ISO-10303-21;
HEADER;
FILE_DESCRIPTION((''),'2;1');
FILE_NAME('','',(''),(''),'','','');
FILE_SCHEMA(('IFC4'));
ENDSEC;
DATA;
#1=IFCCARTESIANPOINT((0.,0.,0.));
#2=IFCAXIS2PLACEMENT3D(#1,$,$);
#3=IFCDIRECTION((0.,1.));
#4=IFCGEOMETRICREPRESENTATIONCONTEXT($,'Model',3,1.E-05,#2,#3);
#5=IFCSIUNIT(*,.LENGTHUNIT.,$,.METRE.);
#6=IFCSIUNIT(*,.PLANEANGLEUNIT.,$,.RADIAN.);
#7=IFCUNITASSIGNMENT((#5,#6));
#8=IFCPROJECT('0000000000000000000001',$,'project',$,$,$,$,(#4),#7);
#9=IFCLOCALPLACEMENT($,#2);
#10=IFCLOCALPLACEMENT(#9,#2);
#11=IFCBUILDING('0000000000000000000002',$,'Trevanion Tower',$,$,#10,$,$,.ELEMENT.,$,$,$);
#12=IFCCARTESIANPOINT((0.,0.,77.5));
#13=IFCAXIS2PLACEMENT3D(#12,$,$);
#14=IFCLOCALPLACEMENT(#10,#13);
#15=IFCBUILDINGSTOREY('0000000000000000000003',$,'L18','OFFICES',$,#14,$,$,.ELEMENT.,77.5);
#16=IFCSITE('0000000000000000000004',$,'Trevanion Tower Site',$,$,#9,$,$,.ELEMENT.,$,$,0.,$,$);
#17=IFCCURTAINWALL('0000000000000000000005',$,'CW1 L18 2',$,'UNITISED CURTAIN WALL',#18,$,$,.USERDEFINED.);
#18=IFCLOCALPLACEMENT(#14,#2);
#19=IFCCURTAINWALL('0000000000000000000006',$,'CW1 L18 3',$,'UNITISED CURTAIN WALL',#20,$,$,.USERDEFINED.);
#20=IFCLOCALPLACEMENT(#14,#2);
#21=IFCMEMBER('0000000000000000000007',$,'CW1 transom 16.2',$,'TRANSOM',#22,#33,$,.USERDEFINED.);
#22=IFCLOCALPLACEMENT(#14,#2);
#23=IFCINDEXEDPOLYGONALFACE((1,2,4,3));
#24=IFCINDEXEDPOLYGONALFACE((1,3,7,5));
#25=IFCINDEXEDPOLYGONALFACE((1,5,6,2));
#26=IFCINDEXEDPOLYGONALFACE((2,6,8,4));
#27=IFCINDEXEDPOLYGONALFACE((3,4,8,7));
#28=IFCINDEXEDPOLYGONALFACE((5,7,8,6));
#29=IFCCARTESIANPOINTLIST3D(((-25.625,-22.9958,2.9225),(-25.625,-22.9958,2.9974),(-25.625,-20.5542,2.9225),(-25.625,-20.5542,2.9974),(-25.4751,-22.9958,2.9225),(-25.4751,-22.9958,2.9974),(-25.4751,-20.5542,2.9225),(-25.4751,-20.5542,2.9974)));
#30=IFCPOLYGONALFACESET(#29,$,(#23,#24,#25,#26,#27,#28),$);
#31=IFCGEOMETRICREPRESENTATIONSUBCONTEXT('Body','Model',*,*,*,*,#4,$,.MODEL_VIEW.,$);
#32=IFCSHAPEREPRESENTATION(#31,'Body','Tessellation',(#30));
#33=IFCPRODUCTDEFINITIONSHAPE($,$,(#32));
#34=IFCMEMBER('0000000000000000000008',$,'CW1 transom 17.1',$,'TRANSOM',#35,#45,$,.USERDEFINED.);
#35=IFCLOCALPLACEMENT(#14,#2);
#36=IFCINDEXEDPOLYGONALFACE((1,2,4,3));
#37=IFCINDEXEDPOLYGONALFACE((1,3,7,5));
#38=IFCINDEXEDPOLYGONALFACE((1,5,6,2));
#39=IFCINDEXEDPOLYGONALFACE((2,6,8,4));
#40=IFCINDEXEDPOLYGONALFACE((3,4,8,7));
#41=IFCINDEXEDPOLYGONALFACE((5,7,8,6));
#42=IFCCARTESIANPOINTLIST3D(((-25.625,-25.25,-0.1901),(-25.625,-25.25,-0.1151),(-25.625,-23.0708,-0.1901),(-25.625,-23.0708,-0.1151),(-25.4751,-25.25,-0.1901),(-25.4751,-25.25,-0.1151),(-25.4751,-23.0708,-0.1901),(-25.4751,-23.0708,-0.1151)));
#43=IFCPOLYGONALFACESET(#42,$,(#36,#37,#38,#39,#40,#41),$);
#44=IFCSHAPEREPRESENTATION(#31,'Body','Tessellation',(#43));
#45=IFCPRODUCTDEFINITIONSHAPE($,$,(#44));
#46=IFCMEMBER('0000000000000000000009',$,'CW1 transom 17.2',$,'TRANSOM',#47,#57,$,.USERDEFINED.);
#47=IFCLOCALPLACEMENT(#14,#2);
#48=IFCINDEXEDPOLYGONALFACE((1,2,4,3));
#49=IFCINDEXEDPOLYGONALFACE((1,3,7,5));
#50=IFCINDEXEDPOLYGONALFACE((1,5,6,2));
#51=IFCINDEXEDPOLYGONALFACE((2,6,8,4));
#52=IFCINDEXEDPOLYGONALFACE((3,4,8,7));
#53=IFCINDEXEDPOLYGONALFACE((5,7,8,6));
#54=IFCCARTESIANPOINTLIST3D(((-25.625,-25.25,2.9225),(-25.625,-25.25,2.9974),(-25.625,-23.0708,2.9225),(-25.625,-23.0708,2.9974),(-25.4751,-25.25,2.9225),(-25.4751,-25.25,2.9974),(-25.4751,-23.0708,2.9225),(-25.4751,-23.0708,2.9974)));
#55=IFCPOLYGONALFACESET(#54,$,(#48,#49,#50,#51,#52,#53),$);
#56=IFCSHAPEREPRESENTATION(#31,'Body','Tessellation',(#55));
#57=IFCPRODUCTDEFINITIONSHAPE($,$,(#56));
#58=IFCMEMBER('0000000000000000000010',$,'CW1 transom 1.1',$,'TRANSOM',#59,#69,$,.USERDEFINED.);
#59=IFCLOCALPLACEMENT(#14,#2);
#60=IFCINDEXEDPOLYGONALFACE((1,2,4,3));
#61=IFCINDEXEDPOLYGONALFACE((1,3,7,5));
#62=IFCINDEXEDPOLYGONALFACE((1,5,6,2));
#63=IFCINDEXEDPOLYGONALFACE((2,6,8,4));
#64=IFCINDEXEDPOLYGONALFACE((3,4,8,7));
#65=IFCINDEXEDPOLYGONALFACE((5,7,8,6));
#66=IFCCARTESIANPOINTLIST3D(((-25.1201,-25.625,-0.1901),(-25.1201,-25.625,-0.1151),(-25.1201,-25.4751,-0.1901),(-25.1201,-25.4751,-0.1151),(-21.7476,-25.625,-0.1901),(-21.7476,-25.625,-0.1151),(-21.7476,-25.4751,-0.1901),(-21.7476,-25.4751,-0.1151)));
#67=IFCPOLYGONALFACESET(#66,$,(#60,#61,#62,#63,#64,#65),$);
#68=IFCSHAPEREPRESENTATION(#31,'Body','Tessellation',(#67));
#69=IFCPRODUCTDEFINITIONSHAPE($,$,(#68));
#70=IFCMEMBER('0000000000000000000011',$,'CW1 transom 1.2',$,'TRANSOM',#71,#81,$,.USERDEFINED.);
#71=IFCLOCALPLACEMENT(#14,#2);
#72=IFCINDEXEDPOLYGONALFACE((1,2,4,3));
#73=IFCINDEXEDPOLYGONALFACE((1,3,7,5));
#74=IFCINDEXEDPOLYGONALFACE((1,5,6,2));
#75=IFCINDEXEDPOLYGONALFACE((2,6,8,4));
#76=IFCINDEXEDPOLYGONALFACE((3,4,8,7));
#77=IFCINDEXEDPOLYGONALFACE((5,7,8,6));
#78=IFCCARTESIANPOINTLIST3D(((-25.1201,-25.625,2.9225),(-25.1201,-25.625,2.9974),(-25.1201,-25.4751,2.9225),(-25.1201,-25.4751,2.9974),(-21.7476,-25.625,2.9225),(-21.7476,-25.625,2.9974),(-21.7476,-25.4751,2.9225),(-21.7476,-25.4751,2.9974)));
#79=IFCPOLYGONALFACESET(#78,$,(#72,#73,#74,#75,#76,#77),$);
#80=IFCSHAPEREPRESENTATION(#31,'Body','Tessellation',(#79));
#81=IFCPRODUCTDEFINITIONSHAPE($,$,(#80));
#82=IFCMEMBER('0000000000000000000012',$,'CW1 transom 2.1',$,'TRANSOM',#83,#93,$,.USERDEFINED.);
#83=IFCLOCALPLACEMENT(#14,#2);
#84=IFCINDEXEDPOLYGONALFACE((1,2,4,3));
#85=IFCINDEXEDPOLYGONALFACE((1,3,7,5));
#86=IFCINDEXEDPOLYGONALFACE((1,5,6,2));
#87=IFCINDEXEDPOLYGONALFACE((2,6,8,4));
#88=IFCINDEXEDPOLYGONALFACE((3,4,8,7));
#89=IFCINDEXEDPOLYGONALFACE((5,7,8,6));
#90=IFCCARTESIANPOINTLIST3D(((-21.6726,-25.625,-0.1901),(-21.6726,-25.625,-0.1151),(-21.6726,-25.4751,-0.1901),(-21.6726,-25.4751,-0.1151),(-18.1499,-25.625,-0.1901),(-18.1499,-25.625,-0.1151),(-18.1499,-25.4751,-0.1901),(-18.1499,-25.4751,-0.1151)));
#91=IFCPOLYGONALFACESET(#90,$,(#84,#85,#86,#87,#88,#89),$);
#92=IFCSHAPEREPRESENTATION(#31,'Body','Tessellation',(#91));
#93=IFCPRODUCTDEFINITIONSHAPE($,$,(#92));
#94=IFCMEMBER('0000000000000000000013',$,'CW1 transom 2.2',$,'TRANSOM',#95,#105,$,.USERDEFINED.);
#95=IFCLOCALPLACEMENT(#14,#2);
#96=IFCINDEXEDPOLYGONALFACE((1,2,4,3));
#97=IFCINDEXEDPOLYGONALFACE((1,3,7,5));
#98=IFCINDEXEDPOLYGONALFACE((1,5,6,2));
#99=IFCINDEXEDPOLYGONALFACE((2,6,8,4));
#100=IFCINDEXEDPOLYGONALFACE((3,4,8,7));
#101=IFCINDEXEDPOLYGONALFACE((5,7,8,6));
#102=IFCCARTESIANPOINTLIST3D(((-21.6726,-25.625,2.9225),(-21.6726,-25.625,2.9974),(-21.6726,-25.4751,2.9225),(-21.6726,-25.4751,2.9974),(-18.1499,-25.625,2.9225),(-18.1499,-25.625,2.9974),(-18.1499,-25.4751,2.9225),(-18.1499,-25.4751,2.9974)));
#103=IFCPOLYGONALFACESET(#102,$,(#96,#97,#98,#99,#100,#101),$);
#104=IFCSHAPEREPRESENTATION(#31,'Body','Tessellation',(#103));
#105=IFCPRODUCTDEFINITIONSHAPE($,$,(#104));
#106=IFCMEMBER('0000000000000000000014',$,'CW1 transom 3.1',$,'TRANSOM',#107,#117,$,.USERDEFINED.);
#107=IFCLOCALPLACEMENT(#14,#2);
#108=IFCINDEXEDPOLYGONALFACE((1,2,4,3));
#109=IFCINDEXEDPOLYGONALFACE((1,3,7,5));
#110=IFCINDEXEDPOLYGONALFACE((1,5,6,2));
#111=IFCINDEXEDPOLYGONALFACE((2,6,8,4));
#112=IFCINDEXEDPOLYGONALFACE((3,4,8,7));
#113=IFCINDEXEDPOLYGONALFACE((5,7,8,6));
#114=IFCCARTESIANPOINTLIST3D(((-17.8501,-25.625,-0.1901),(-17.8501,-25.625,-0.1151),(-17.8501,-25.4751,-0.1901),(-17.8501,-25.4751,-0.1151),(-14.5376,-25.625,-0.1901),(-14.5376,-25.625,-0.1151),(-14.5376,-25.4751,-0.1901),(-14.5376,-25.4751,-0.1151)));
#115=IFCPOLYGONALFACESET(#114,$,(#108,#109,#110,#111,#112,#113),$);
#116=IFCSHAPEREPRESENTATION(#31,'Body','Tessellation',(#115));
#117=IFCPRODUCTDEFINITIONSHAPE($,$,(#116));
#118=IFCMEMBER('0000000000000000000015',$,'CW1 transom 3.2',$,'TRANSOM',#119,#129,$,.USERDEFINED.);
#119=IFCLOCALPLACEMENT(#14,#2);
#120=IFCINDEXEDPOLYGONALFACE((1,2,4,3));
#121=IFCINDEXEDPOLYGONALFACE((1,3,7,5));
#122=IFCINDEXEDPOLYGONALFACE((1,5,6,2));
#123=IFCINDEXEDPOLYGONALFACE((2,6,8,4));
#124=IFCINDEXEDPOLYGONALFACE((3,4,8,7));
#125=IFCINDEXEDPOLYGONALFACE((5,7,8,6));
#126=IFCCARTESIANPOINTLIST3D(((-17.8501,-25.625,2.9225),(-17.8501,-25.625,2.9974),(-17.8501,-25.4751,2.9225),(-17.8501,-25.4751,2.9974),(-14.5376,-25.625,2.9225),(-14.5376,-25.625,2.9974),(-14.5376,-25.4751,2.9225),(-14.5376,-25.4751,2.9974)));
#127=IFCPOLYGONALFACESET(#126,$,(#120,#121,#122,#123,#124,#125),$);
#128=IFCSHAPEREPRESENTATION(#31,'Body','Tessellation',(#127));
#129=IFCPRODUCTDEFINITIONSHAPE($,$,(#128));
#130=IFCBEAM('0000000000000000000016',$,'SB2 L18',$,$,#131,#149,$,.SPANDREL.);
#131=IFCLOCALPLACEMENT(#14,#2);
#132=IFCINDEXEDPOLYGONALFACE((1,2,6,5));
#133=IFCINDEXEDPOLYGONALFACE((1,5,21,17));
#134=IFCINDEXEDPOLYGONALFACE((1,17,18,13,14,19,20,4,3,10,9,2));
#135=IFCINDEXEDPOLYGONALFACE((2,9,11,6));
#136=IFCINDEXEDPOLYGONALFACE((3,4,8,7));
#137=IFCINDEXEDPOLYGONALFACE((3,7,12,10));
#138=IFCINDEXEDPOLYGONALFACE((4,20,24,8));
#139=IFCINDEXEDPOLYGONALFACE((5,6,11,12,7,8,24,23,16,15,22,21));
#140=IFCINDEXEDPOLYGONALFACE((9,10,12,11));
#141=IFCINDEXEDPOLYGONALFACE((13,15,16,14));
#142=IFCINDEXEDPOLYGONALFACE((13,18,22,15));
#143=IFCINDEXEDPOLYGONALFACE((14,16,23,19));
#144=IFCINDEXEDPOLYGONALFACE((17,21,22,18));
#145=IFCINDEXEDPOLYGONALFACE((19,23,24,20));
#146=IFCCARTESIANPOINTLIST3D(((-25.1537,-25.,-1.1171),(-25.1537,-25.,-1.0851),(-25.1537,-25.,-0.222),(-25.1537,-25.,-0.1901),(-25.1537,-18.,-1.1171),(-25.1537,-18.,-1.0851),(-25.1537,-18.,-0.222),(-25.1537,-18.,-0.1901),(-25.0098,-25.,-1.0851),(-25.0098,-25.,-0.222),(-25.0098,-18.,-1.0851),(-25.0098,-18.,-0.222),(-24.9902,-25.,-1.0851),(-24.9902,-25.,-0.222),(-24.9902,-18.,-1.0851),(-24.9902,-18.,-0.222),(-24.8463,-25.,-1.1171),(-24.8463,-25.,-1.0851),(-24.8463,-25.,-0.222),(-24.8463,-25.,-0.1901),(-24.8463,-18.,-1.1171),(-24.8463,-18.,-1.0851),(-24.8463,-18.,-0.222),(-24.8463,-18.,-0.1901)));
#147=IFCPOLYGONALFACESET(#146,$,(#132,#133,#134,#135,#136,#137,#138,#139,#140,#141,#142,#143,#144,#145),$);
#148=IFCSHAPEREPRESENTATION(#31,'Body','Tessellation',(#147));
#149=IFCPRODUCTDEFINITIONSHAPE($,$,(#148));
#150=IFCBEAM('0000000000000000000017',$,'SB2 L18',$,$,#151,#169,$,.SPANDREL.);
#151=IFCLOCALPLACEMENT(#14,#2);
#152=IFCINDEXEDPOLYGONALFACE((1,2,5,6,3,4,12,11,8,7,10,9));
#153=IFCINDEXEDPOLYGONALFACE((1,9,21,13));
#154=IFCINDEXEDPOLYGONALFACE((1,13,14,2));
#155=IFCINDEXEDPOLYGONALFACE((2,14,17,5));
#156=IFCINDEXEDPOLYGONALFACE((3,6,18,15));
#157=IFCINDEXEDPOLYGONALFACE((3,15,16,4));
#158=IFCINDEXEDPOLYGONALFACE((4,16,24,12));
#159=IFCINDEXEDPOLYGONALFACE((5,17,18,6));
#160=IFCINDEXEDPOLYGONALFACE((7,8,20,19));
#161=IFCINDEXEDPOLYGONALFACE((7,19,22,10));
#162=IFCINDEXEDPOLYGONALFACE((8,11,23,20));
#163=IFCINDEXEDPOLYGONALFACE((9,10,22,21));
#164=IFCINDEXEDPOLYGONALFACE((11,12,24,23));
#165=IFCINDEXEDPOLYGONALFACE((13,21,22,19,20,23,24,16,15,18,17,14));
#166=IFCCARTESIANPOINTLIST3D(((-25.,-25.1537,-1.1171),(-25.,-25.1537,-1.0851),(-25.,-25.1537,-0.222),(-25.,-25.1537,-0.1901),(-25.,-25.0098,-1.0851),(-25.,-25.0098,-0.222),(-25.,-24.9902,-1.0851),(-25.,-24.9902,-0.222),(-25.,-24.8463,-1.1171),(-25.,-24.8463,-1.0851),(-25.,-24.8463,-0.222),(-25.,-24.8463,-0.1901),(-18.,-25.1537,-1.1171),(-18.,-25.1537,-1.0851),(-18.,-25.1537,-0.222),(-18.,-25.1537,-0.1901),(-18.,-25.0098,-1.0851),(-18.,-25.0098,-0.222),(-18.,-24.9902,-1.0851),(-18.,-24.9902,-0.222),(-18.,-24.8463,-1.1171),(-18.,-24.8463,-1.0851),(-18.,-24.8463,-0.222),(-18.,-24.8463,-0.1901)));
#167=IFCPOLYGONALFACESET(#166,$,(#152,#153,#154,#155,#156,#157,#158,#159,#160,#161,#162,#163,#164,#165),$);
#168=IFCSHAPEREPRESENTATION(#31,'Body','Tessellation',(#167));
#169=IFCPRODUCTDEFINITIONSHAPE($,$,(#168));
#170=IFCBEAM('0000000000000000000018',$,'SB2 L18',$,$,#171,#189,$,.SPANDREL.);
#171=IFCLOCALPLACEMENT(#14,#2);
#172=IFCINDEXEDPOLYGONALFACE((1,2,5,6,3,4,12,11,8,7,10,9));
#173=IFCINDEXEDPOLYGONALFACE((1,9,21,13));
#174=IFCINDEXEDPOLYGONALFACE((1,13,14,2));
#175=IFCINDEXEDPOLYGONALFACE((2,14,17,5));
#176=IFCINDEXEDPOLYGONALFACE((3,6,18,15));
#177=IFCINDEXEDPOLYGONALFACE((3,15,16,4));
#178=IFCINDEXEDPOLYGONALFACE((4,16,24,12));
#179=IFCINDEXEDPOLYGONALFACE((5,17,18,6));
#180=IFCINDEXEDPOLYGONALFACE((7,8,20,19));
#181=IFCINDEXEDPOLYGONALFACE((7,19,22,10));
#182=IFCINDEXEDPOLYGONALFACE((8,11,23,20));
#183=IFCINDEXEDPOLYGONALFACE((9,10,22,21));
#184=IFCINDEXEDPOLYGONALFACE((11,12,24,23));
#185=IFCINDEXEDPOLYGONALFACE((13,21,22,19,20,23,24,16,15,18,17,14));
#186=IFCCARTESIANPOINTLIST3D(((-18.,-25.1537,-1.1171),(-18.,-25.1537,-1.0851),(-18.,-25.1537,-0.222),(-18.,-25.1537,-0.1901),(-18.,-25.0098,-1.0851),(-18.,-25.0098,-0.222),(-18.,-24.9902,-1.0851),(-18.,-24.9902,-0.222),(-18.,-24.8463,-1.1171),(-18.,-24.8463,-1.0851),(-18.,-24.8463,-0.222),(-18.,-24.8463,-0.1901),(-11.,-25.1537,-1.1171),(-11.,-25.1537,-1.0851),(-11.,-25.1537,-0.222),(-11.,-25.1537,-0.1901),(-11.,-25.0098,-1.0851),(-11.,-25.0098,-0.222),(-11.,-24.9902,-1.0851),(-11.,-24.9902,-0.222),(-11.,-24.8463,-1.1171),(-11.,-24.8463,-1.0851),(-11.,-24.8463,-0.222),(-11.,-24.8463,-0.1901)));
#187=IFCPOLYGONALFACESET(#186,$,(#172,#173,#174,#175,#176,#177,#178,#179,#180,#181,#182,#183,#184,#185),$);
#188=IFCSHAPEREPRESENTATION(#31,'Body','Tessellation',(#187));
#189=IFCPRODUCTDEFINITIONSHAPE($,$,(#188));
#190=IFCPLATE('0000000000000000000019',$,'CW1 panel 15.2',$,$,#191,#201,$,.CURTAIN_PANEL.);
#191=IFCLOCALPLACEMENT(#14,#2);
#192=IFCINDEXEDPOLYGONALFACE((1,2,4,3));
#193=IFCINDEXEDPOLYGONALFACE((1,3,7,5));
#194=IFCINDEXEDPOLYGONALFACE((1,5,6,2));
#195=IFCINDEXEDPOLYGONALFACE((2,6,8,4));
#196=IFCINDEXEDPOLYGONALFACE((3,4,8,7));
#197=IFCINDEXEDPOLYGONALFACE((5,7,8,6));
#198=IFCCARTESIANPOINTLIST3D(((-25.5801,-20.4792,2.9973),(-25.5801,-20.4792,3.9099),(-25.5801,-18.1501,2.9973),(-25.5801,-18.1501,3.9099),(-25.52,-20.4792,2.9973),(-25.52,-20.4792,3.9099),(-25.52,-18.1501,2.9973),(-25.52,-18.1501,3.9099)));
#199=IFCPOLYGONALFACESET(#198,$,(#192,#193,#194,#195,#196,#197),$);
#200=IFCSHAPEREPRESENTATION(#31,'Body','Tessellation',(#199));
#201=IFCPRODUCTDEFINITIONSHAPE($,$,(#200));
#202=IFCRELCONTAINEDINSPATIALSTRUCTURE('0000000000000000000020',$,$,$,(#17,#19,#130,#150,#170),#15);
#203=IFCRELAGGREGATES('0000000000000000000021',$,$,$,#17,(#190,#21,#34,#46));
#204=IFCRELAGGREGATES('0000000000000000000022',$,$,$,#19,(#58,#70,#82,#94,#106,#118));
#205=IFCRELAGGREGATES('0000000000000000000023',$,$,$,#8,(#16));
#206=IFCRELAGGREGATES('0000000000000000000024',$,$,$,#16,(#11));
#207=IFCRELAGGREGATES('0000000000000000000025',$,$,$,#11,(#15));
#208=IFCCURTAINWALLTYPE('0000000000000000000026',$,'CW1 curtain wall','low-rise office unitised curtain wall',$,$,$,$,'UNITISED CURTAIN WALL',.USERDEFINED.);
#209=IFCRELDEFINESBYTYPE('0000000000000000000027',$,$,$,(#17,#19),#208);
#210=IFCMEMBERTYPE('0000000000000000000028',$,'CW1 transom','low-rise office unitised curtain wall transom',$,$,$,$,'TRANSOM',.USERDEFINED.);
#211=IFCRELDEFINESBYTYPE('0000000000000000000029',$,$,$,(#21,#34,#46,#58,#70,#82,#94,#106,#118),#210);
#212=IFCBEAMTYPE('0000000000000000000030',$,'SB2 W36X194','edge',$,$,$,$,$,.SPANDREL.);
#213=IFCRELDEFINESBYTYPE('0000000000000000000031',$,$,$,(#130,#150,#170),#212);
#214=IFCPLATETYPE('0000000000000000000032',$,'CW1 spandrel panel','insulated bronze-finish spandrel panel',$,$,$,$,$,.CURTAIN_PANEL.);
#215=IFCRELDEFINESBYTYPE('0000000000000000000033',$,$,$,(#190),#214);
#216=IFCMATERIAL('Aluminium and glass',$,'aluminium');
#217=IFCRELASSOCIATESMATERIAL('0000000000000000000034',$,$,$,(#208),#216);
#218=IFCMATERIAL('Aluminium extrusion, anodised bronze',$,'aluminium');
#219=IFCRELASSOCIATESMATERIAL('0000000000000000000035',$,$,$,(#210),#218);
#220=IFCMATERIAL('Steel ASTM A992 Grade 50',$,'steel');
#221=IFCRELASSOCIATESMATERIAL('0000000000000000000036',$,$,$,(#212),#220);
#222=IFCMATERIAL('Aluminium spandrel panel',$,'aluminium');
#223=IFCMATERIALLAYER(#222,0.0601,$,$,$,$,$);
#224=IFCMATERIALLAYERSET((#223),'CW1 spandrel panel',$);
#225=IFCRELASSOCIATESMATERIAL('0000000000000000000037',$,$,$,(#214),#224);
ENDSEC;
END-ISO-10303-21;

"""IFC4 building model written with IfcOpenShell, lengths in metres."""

from ifc_helpers import new_model, si_unit, direction, frame, origin, origin_2d, place, context, subcontext, project, spatial, rectangle, i_section, extrude, material, layer, layer_set, material_profile, profile_set, type_object, element, aggregate, save


model = new_model("IFC4")

# Units and contexts
model_context = context("Model", 3, precision=1e-05, world=origin(), true_north=direction((0.0, 1.0)))
body_context = subcontext(model_context, "Body", "Model", "MODEL_VIEW")
ifc_project = project(units=[si_unit("LENGTHUNIT", "METRE"), si_unit("PLANEANGLEUNIT", "RADIAN")], contexts=[model_context])

# Site, building, storey
site_placement = place(None, origin())
site = spatial("IfcSite", under=ifc_project, at=site_placement, Name="Trevanion Tower Site", CompositionType="ELEMENT", RefElevation=0.0)
building_placement = place(site_placement, origin())
building = spatial("IfcBuilding", under=site, at=building_placement, Name="Trevanion Tower", CompositionType="ELEMENT")
storey_placement = place(building_placement, frame((0.0, 0.0, 77.5)))
storey = spatial("IfcBuildingStorey", under=building, at=storey_placement, Name="L18", Description="OFFICES", CompositionType="ELEMENT", Elevation=77.5)

# Curtain wall
ifc_material_1 = material(Name="Aluminium and glass", Category="aluminium")
curtain_wall_type = type_object("IfcCurtainWallType", Name="CW1 curtain wall", Description="low-rise office unitised curtain wall", ElementType="UNITISED CURTAIN WALL", PredefinedType="USERDEFINED", material=ifc_material_1)
curtain_wall_1_placement = place(storey_placement, origin())
curtain_wall_1 = element("IfcCurtainWall", 1, at=curtain_wall_1_placement, inside=storey, type_object=curtain_wall_type, Name="CW1 L18 2", ObjectType="UNITISED CURTAIN WALL", PredefinedType="USERDEFINED")

# Curtain wall
curtain_wall_2_placement = place(storey_placement, origin())
curtain_wall_2 = element("IfcCurtainWall", 2, at=curtain_wall_2_placement, inside=storey, type_object=curtain_wall_type, Name="CW1 L18 3", ObjectType="UNITISED CURTAIN WALL", PredefinedType="USERDEFINED")

# Members
ifc_material_2 = material(Name="Aluminium extrusion, anodised bronze", Category="aluminium")
ifc_material_profile_1 = material_profile(ifc_material_2, rectangle(XDim=0.1499, YDim=0.075, at=origin_2d()), Name="CW1 transom")
ifc_profile_set_1 = profile_set([ifc_material_profile_1], Name="Aluminium extrusion, anodised bronze")
member_type_1 = type_object("IfcMemberType", Name="CW1 transom", Description="low-rise office unitised curtain wall transom", ElementType="TRANSOM", PredefinedType="USERDEFINED", material=ifc_profile_set_1)
member_1_placement = place(storey_placement, frame((-25.55, -20.5542, 2.96), z_axis=(0.0, -1.0, 0.0), x_axis=(1.0, 0.0, 0.0)))
member_1 = element("IfcMember", 3, at=member_1_placement, type_object=member_type_1, Name="CW1 transom 16.2", ObjectType="TRANSOM", PredefinedType="USERDEFINED", context=body_context, shape_type="SweptSolid", body=[
    extrude(rectangle(XDim=0.1499, YDim=0.075, at=origin_2d()), origin(), (0.0, 0.0, 1.0), 2.4417),
])
member_2_placement = place(storey_placement, frame((-25.55, -23.0708, -0.1526), z_axis=(0.0, -1.0, 0.0), x_axis=(1.0, 0.0, 0.0)))
member_2 = element("IfcMember", 4, at=member_2_placement, type_object=member_type_1, Name="CW1 transom 17.1", ObjectType="TRANSOM", PredefinedType="USERDEFINED", context=body_context, shape_type="SweptSolid", body=[
    extrude(rectangle(XDim=0.1499, YDim=0.075, at=origin_2d()), origin(), (0.0, 0.0, 1.0), 2.1792),
])
member_3_placement = place(storey_placement, frame((-25.55, -23.0708, 2.96), z_axis=(0.0, -1.0, 0.0), x_axis=(1.0, 0.0, 0.0)))
member_3 = element("IfcMember", 5, at=member_3_placement, type_object=member_type_1, Name="CW1 transom 17.2", ObjectType="TRANSOM", PredefinedType="USERDEFINED", context=body_context, shape_type="SweptSolid", body=[
    extrude(rectangle(XDim=0.1499, YDim=0.075, at=origin_2d()), origin(), (0.0, 0.0, 1.0), 2.1792),
])
member_4_placement = place(storey_placement, frame((-25.1201, -25.55, -0.1526), z_axis=(1.0, 0.0, 0.0), x_axis=(0.0, 1.0, 0.0)))
member_4 = element("IfcMember", 6, at=member_4_placement, type_object=member_type_1, Name="CW1 transom 1.1", ObjectType="TRANSOM", PredefinedType="USERDEFINED", context=body_context, shape_type="SweptSolid", body=[
    extrude(rectangle(XDim=0.1499, YDim=0.075, at=origin_2d()), origin(), (0.0, 0.0, 1.0), 3.3726),
])
member_5_placement = place(storey_placement, frame((-25.1201, -25.55, 2.96), z_axis=(1.0, 0.0, 0.0), x_axis=(0.0, 1.0, 0.0)))
member_5 = element("IfcMember", 7, at=member_5_placement, type_object=member_type_1, Name="CW1 transom 1.2", ObjectType="TRANSOM", PredefinedType="USERDEFINED", context=body_context, shape_type="SweptSolid", body=[
    extrude(rectangle(XDim=0.1499, YDim=0.075, at=origin_2d()), origin(), (0.0, 0.0, 1.0), 3.3726),
])
member_6_placement = place(storey_placement, frame((-21.6726, -25.55, -0.1526), z_axis=(1.0, 0.0, 0.0), x_axis=(0.0, 1.0, 0.0)))
member_6 = element("IfcMember", 8, at=member_6_placement, type_object=member_type_1, Name="CW1 transom 2.1", ObjectType="TRANSOM", PredefinedType="USERDEFINED", context=body_context, shape_type="SweptSolid", body=[
    extrude(rectangle(XDim=0.1499, YDim=0.075, at=origin_2d()), origin(), (0.0, 0.0, 1.0), 3.5227),
])
member_7_placement = place(storey_placement, frame((-21.6726, -25.55, 2.96), z_axis=(1.0, 0.0, 0.0), x_axis=(0.0, 1.0, 0.0)))
member_7 = element("IfcMember", 9, at=member_7_placement, type_object=member_type_1, Name="CW1 transom 2.2", ObjectType="TRANSOM", PredefinedType="USERDEFINED", context=body_context, shape_type="SweptSolid", body=[
    extrude(rectangle(XDim=0.1499, YDim=0.075, at=origin_2d()), origin(), (0.0, 0.0, 1.0), 3.5227),
])
member_8_placement = place(storey_placement, frame((-17.8501, -25.55, -0.1526), z_axis=(1.0, 0.0, 0.0), x_axis=(0.0, 1.0, 0.0)))
member_8 = element("IfcMember", 10, at=member_8_placement, type_object=member_type_1, Name="CW1 transom 3.1", ObjectType="TRANSOM", PredefinedType="USERDEFINED", context=body_context, shape_type="SweptSolid", body=[
    extrude(rectangle(XDim=0.1499, YDim=0.075, at=origin_2d()), origin(), (0.0, 0.0, 1.0), 3.3125),
])
member_9_placement = place(storey_placement, frame((-17.8501, -25.55, 2.96), z_axis=(1.0, 0.0, 0.0), x_axis=(0.0, 1.0, 0.0)))
member_9 = element("IfcMember", 11, at=member_9_placement, type_object=member_type_1, Name="CW1 transom 3.2", ObjectType="TRANSOM", PredefinedType="USERDEFINED", context=body_context, shape_type="SweptSolid", body=[
    extrude(rectangle(XDim=0.1499, YDim=0.075, at=origin_2d()), origin(), (0.0, 0.0, 1.0), 3.3125),
])

# Beams
ifc_material_3 = material(Name="Steel ASTM A992 Grade 50", Category="steel")
ifc_material_profile_2 = material_profile(ifc_material_3, i_section(OverallWidth=0.3074, OverallDepth=0.927, WebThickness=0.0195, FlangeThickness=0.032, at=origin_2d()), Name="W36X194")
ifc_profile_set_2 = profile_set([ifc_material_profile_2], Name="Steel ASTM A992 Grade 50")
beam_type = type_object("IfcBeamType", Name="SB2 W36X194", Description="edge", PredefinedType="SPANDREL", material=ifc_profile_set_2)
for number, where, z_axis, x_axis, name in (
    (12, (-25.0, -18.0, -0.6536), (0.0, -1.0, 0.0), (1.0, 0.0, 0.0), "SB2 L18"),
    (13, (-25.0, -25.0, -0.6536), (1.0, 0.0, 0.0), (0.0, 1.0, 0.0), "SB2 L18"),
    (14, (-18.0, -25.0, -0.6536), (1.0, 0.0, 0.0), (0.0, 1.0, 0.0), "SB2 L18"),
):
    element("IfcBeam", number, at=place(storey_placement, frame(where, z_axis=z_axis, x_axis=x_axis)), inside=storey, type_object=beam_type, Name=name, PredefinedType="SPANDREL", context=body_context, shape_type="SweptSolid", body=[
        extrude(i_section(OverallWidth=0.3074, OverallDepth=0.927, WebThickness=0.0195, FlangeThickness=0.032, at=origin_2d()), origin(), (0.0, 0.0, 1.0), 7.0),
    ])

# Plate
ifc_material_4 = material(Name="Aluminium spandrel panel", Category="aluminium")
ifc_layer_1 = layer(ifc_material_4, 0.0601)
ifc_layer_set_1 = layer_set([ifc_layer_1], Name="CW1 spandrel panel")
plate_type_1 = type_object("IfcPlateType", Name="CW1 spandrel panel", Description="insulated bronze-finish spandrel panel", PredefinedType="CURTAIN_PANEL", material=ifc_layer_set_1)
plate_1_placement = place(storey_placement, frame((-25.55, -19.3147, 2.9973), z_axis=(0.0, 0.0, 1.0), x_axis=(0.0, -1.0, 0.0)))
plate_1 = element("IfcPlate", 15, at=plate_1_placement, type_object=plate_type_1, Name="CW1 panel 15.2", PredefinedType="CURTAIN_PANEL", context=body_context, shape_type="SweptSolid", body=[
    extrude(rectangle(XDim=2.3291, YDim=0.0601, at=origin_2d()), origin(), (0.0, 0.0, 1.0), 0.9126),
])
aggregate(curtain_wall_1, [plate_1, member_1, member_2, member_3])
aggregate(curtain_wall_2, [member_4, member_5, member_6, member_7, member_8, member_9])

save(model, "model.ifc")
